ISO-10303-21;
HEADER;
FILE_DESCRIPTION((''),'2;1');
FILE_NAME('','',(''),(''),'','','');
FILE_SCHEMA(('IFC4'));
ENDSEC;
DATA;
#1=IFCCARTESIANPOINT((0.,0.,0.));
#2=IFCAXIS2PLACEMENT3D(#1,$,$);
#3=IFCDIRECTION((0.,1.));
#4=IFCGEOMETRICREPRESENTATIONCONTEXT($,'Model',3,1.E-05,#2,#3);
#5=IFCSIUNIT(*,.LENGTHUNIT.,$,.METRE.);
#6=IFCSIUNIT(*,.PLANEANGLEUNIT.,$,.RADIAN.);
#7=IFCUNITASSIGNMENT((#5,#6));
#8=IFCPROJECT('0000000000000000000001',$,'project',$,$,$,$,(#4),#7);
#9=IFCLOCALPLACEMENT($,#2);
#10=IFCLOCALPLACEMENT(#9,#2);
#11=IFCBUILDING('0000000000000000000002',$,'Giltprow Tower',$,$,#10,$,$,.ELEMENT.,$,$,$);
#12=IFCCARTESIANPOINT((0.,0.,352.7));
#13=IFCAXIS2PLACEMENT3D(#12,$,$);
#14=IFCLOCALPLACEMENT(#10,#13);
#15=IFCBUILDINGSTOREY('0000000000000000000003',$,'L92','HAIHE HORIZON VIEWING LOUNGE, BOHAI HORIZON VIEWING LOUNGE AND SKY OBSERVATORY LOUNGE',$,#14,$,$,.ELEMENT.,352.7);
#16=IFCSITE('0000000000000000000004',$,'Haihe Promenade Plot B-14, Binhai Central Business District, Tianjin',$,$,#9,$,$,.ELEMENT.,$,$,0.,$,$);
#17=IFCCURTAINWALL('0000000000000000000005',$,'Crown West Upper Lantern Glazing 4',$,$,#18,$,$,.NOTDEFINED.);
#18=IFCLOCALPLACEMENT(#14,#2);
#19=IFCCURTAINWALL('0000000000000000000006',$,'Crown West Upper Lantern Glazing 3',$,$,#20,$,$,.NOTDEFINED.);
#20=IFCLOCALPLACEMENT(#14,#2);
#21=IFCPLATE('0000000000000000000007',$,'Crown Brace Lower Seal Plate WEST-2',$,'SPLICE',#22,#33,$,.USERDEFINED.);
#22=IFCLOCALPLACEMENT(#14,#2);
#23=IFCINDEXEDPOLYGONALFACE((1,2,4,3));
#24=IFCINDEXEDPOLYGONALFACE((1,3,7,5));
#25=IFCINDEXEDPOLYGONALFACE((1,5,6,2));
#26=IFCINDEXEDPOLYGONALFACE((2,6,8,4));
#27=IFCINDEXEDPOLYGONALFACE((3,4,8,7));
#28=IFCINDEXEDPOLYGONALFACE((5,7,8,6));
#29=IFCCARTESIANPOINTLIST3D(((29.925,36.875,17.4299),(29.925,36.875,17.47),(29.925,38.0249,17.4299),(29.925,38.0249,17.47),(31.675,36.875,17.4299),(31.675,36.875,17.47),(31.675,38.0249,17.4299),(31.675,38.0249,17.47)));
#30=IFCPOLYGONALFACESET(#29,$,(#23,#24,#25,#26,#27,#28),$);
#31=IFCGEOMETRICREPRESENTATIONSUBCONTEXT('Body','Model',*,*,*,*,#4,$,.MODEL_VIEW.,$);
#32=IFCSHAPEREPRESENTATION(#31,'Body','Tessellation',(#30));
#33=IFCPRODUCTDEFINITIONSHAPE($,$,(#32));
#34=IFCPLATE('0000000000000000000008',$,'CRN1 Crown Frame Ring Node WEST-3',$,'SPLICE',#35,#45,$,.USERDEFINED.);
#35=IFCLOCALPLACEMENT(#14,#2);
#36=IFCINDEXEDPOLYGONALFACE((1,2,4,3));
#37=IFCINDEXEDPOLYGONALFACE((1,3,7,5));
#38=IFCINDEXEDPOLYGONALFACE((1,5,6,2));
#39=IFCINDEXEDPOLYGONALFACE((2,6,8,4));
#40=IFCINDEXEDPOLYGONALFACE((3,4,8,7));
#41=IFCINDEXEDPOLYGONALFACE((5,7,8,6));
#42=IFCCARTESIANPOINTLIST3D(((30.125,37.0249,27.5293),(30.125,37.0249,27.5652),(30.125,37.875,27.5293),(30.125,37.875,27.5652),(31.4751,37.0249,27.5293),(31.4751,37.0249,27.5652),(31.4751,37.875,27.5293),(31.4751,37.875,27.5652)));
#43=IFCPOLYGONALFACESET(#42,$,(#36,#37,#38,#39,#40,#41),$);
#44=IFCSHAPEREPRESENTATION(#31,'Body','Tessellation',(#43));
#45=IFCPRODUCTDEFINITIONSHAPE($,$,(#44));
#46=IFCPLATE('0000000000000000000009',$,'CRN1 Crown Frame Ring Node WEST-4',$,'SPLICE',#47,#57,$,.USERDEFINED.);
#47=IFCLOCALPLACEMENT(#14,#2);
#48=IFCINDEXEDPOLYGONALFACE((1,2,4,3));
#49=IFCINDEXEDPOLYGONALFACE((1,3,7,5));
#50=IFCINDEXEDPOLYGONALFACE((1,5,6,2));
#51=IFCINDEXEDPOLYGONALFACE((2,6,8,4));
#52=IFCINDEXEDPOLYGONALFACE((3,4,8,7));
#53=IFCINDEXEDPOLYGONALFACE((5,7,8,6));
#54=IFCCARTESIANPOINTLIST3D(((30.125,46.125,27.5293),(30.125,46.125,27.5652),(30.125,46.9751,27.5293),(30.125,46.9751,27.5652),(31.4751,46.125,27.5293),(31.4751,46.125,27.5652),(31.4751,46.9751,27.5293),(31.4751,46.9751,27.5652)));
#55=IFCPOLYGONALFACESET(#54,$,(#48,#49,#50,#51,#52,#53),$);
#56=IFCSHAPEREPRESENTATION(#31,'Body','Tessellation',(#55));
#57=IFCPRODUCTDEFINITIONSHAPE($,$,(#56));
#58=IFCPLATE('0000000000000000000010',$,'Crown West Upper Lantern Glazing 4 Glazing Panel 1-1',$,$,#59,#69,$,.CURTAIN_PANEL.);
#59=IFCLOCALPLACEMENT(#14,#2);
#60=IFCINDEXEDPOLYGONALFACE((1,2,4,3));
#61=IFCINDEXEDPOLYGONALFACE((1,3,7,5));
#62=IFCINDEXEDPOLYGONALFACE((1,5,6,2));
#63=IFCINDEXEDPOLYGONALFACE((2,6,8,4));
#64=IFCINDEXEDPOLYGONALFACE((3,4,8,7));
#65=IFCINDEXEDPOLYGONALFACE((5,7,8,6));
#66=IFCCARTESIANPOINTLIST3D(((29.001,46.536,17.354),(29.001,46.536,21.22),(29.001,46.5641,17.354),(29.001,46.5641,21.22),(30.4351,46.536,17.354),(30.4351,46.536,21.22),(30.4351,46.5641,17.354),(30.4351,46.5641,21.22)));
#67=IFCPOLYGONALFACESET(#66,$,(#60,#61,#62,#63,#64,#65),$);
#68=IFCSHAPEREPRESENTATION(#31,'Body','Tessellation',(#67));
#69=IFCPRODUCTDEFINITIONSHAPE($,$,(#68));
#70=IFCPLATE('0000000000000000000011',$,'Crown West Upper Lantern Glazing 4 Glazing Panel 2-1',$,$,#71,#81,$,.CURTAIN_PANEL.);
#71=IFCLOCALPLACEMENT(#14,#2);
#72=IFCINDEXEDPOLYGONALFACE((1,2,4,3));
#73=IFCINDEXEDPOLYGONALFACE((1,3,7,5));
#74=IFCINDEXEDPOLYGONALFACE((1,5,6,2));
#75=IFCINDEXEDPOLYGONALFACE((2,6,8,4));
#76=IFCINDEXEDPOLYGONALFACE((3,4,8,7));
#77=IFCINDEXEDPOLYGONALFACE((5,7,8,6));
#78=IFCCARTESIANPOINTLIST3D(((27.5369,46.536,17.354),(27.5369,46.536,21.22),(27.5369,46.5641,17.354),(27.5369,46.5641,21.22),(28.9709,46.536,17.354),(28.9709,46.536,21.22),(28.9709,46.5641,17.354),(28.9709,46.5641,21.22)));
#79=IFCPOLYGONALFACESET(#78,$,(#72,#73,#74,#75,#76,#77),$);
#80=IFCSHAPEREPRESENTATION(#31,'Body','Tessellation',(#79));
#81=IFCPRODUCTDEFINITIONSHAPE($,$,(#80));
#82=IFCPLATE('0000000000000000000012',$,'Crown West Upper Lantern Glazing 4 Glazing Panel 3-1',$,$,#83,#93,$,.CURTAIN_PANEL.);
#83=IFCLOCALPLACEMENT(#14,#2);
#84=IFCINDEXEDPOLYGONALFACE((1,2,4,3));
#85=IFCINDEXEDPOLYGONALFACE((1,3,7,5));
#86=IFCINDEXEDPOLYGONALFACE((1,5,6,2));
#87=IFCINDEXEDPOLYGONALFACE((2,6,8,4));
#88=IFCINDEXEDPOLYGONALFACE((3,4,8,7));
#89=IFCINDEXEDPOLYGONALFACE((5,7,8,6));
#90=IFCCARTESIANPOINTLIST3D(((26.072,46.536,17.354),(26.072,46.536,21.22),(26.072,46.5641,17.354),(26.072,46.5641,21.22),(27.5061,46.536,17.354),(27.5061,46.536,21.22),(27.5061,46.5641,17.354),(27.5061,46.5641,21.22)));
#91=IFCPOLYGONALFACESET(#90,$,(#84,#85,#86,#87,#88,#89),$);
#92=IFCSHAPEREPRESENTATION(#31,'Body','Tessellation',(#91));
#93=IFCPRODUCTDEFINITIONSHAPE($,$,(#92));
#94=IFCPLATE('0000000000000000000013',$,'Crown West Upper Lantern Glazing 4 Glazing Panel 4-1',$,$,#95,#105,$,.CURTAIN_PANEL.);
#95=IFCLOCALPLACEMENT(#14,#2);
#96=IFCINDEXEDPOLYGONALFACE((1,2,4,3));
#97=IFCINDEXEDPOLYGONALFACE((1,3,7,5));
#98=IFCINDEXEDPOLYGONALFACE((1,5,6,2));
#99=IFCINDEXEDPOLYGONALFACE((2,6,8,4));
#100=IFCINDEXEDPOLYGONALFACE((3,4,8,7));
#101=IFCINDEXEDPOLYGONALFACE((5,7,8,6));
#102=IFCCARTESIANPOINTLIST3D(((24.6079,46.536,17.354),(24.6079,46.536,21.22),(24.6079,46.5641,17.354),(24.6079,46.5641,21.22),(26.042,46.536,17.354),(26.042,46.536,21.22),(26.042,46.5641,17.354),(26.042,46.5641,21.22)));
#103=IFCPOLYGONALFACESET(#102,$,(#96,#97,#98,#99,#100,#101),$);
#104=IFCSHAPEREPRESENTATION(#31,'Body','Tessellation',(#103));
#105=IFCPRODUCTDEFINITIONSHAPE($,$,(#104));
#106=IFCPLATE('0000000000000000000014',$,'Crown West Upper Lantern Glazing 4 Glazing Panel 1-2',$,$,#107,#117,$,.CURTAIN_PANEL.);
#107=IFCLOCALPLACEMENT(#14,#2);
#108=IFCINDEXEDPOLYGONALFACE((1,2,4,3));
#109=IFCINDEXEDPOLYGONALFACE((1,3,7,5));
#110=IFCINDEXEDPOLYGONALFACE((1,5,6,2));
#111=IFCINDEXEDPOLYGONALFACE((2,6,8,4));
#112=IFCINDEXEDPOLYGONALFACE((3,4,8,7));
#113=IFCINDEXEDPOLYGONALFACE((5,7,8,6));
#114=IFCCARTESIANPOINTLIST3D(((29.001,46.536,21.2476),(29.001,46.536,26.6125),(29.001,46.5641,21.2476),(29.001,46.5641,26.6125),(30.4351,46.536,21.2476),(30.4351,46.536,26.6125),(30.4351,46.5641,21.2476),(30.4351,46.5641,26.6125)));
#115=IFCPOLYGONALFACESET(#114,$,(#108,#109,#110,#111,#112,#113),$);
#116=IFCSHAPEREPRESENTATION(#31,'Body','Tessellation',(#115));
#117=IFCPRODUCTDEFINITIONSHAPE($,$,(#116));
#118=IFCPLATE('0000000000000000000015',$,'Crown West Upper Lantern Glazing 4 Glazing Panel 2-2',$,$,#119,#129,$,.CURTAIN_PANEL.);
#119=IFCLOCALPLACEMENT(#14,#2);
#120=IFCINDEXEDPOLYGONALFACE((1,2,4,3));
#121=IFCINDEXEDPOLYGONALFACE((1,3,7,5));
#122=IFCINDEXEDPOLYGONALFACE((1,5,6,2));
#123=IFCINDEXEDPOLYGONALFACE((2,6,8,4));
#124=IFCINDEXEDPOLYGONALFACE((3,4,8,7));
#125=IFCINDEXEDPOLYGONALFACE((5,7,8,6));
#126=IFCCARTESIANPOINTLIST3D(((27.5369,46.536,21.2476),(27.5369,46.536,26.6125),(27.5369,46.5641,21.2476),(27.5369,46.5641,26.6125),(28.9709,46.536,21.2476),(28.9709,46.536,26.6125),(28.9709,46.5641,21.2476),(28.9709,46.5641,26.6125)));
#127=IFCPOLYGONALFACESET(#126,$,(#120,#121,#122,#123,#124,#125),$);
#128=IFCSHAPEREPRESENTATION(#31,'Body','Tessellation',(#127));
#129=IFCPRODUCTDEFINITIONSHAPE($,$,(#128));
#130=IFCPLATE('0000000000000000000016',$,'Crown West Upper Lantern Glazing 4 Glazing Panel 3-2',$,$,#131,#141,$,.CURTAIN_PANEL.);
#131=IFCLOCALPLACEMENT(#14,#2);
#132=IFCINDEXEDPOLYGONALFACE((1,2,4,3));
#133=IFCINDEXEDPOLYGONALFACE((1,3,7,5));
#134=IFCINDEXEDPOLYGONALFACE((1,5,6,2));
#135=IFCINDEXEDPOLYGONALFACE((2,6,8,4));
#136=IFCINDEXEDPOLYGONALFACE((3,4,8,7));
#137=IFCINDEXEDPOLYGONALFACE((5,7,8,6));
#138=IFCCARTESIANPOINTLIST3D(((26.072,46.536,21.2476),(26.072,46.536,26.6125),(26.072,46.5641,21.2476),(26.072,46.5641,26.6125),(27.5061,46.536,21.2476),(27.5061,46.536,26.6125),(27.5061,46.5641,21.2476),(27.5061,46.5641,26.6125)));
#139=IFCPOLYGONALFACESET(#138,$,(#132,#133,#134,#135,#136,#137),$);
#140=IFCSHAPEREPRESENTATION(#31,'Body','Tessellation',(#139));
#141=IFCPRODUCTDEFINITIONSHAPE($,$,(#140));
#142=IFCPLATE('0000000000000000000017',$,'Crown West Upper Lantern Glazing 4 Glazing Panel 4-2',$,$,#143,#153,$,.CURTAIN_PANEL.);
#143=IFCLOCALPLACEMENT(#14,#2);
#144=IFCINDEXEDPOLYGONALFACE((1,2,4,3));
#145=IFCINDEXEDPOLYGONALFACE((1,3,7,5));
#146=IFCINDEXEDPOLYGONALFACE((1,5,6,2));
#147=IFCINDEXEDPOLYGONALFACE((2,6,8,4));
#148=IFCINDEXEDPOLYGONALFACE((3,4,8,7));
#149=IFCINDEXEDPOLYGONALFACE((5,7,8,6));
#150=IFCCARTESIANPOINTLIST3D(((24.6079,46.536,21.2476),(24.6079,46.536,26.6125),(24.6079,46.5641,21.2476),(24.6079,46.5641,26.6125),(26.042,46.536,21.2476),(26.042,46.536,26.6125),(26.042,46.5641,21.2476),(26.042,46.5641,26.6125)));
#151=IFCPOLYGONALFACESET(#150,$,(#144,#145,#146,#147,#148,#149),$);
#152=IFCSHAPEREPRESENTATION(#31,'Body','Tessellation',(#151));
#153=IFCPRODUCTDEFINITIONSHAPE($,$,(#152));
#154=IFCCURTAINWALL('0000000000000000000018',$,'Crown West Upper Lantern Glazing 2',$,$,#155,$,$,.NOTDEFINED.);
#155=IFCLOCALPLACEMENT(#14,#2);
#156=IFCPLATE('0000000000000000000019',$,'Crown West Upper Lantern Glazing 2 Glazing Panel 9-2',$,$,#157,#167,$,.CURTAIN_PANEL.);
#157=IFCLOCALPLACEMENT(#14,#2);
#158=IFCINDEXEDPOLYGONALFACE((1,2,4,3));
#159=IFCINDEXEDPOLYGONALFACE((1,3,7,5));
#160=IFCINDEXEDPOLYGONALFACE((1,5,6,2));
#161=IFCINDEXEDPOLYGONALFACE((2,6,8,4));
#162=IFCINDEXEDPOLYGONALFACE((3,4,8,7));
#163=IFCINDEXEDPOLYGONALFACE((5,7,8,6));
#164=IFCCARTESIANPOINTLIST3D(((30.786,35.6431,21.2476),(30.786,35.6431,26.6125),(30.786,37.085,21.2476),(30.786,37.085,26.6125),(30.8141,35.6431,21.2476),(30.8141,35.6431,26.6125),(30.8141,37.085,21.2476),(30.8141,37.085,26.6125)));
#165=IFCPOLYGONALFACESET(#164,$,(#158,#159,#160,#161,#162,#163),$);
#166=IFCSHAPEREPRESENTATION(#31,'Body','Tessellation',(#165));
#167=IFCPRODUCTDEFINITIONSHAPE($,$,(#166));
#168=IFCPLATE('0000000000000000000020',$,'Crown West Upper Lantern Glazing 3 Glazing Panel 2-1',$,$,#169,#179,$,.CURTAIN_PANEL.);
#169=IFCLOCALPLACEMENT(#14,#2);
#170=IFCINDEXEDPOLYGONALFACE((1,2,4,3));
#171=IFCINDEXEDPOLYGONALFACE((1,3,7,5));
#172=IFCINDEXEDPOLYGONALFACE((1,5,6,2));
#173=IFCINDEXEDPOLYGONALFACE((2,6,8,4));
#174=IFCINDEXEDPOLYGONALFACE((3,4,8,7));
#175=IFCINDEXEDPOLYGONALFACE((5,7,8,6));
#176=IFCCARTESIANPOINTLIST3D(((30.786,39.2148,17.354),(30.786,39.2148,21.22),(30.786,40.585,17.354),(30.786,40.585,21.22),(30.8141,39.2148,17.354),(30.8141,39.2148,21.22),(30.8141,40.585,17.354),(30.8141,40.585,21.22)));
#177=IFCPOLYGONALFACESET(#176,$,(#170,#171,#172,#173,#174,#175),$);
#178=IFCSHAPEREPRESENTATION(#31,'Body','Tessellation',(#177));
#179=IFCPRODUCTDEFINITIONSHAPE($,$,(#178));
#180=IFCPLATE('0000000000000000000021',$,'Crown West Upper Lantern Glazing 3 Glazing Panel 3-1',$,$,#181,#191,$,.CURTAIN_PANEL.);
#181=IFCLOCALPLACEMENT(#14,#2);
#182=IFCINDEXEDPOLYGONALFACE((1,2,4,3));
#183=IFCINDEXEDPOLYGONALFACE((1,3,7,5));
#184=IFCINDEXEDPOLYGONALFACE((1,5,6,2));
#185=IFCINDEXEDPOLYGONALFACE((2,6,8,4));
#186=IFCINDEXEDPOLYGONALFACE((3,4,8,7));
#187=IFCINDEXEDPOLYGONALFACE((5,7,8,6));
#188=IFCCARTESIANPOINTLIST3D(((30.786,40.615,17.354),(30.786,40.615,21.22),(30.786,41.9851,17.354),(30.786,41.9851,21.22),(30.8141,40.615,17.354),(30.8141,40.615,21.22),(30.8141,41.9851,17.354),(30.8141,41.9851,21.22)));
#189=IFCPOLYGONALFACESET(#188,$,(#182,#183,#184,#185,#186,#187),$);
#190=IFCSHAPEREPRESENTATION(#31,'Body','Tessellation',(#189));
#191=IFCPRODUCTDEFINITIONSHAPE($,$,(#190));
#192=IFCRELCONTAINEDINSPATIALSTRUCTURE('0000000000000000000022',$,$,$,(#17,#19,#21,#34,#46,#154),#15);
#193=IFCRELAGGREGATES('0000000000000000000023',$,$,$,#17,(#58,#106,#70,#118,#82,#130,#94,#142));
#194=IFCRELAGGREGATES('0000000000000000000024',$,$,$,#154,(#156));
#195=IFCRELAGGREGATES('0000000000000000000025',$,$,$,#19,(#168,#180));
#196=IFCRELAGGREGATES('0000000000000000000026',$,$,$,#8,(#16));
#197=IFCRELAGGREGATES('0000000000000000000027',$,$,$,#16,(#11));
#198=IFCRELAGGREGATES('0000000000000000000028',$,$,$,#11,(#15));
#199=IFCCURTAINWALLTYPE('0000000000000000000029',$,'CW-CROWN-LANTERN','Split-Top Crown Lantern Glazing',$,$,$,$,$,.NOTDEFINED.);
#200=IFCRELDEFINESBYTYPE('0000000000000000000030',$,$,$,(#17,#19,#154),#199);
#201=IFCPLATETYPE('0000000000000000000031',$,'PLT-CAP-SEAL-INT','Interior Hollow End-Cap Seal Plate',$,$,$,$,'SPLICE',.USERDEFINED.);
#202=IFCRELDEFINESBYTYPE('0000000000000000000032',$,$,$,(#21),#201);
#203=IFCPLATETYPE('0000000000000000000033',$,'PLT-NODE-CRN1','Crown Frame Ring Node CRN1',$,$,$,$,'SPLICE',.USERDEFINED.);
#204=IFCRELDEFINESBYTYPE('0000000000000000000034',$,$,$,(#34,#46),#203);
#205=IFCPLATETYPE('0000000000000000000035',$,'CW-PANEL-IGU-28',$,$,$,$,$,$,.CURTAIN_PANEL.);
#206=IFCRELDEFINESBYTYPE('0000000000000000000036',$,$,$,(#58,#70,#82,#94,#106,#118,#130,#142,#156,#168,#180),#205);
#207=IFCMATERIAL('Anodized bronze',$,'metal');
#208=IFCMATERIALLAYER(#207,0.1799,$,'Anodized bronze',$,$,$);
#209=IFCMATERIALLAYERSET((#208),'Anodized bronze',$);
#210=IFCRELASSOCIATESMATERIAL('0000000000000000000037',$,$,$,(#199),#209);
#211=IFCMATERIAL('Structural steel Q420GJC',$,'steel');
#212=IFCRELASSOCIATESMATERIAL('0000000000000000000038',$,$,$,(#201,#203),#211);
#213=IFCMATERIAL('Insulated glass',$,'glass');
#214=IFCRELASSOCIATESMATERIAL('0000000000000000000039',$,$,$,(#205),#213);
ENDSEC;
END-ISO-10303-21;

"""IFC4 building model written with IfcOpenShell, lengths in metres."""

from ifc_helpers import new_model, si_unit, direction, frame, origin, origin_2d, place, context, subcontext, project, spatial, rectangle, extrude, source, transform, mapped, material, layer, layer_set, type_object, element, aggregate, save


model = new_model("IFC4")

# Units and contexts
model_context = context("Model", 3, precision=1e-05, world=origin(), true_north=direction((0.0, 1.0)))
body_context = subcontext(model_context, "Body", "Model", "MODEL_VIEW")
ifc_project = project(units=[si_unit("LENGTHUNIT", "METRE"), si_unit("PLANEANGLEUNIT", "RADIAN")], contexts=[model_context])

# Site, building, storey
site_placement = place(None, origin())
site = spatial("IfcSite", under=ifc_project, at=site_placement, Name="Haihe Promenade Plot B-14, Binhai Central Business District, Tianjin", CompositionType="ELEMENT", RefElevation=0.0)
building_placement = place(site_placement, origin())
building = spatial("IfcBuilding", under=site, at=building_placement, Name="Giltprow Tower", CompositionType="ELEMENT")
storey_placement = place(building_placement, frame((0.0, 0.0, 352.7)))
storey = spatial("IfcBuildingStorey", under=building, at=storey_placement, Name="L92", Description="HAIHE HORIZON VIEWING LOUNGE, BOHAI HORIZON VIEWING LOUNGE AND SKY OBSERVATORY LOUNGE", CompositionType="ELEMENT", Elevation=352.7)

# Curtain walls
ifc_material_1 = material(Name="Anodized bronze", Category="metal")
ifc_layer = layer(ifc_material_1, 0.1799, Name="Anodized bronze")
ifc_layer_set = layer_set([ifc_layer], Name="Anodized bronze")
curtain_wall_type = type_object("IfcCurtainWallType", Name="CW-CROWN-LANTERN", Description="Split-Top Crown Lantern Glazing", PredefinedType="NOTDEFINED", material=ifc_layer_set)
curtain_wall_1_placement = place(storey_placement, origin())
curtain_wall_1 = element("IfcCurtainWall", 1, at=curtain_wall_1_placement, inside=storey, type_object=curtain_wall_type, Name="Crown West Upper Lantern Glazing 4", PredefinedType="NOTDEFINED")
curtain_wall_2_placement = place(storey_placement, origin())
curtain_wall_2 = element("IfcCurtainWall", 2, at=curtain_wall_2_placement, inside=storey, type_object=curtain_wall_type, Name="Crown West Upper Lantern Glazing 3", PredefinedType="NOTDEFINED")

# Plates
ifc_material_2 = material(Name="Structural steel Q420GJC", Category="steel")
plate_type_1 = type_object("IfcPlateType", Name="PLT-CAP-SEAL-INT", Description="Interior Hollow End-Cap Seal Plate", ElementType="SPLICE", PredefinedType="USERDEFINED", material=ifc_material_2)
shared_shape_1 = source(origin(), body_context, "Body", "SweptSolid", [
    extrude(rectangle(XDim=1.75, YDim=1.1499, at=origin_2d()), origin(), (0.0, 0.0, 1.0), 0.04),
])
plate_1_placement = place(storey_placement, frame((30.8, 37.45, 17.4299), z_axis=(0.0, 0.0, 1.0), x_axis=(1.0, 0.0, 0.0)))
element("IfcPlate", 3, at=plate_1_placement, inside=storey, type_object=plate_type_1, Name="Crown Brace Lower Seal Plate WEST-2", ObjectType="SPLICE", PredefinedType="USERDEFINED", context=body_context, shape_type="MappedRepresentation", body=[
    mapped(shared_shape_1, transform((0.0, 0.0, 0.0), x_axis=(1.0, 0.0, 0.0), y_axis=(0.0, 1.0, 0.0), z_axis=(0.0, 0.0, 1.0), scale=1.0)),
])
plate_type_2 = type_object("IfcPlateType", Name="PLT-NODE-CRN1", Description="Crown Frame Ring Node CRN1", ElementType="SPLICE", PredefinedType="USERDEFINED", material=ifc_material_2)
shared_shape_2 = source(origin(), body_context, "Body", "SweptSolid", [
    extrude(rectangle(XDim=1.3501, YDim=0.8501, at=origin_2d()), origin(), (0.0, 0.0, 1.0), 0.0359),
])
for number, where, z_axis, x_axis, name in (
    (4, (30.8, 37.45, 27.5293), (0.0, 0.0, 1.0), (1.0, 0.0, 0.0), "CRN1 Crown Frame Ring Node WEST-3"),
    (5, (30.8, 46.55, 27.5293), (0.0, 0.0, 1.0), (1.0, 0.0, 0.0), "CRN1 Crown Frame Ring Node WEST-4"),
):
    element("IfcPlate", number, at=place(storey_placement, frame(where, z_axis=z_axis, x_axis=x_axis)), inside=storey, type_object=plate_type_2, Name=name, ObjectType="SPLICE", PredefinedType="USERDEFINED", context=body_context, shape_type="MappedRepresentation", body=[
        mapped(shared_shape_2, transform((0.0, 0.0, 0.0), x_axis=(1.0, 0.0, 0.0), y_axis=(0.0, 1.0, 0.0), z_axis=(0.0, 0.0, 1.0), scale=1.0)),
    ])

# Plates
ifc_material_3 = material(Name="Insulated glass", Category="glass")
plate_type_3 = type_object("IfcPlateType", Name="CW-PANEL-IGU-28", PredefinedType="CURTAIN_PANEL", material=ifc_material_3)
shared_shape_3 = source(origin(), body_context, "Body", "SweptSolid", [
    extrude(rectangle(XDim=1.4341, YDim=0.0281, at=origin_2d()), origin(), (0.0, 0.0, 1.0), 3.866),
])
plate_2_placement = place(storey_placement, frame((29.718, 46.55, 17.354), z_axis=(0.0, 0.0, 1.0), x_axis=(-1.0, 0.0, 0.0)))
plate_2 = element("IfcPlate", 6, at=plate_2_placement, type_object=plate_type_3, Name="Crown West Upper Lantern Glazing 4 Glazing Panel 1-1", PredefinedType="CURTAIN_PANEL", context=body_context, shape_type="MappedRepresentation", body=[
    mapped(shared_shape_3, transform((0.0, 0.0, 0.0), x_axis=(1.0, 0.0, 0.0), y_axis=(0.0, 1.0, 0.0), z_axis=(0.0, 0.0, 1.0), scale=1.0)),
])
plate_3_placement = place(storey_placement, frame((28.2539, 46.55, 17.354), z_axis=(0.0, 0.0, 1.0), x_axis=(-1.0, 0.0, 0.0)))
plate_3 = element("IfcPlate", 7, at=plate_3_placement, type_object=plate_type_3, Name="Crown West Upper Lantern Glazing 4 Glazing Panel 2-1", PredefinedType="CURTAIN_PANEL", context=body_context, shape_type="MappedRepresentation", body=[
    mapped(shared_shape_3, transform((0.0, 0.0, 0.0), x_axis=(1.0, 0.0, 0.0), y_axis=(0.0, 1.0, 0.0), z_axis=(0.0, 0.0, 1.0), scale=1.0)),
])
plate_4_placement = place(storey_placement, frame((26.7891, 46.55, 17.354), z_axis=(0.0, 0.0, 1.0), x_axis=(-1.0, 0.0, 0.0)))
plate_4 = element("IfcPlate", 8, at=plate_4_placement, type_object=plate_type_3, Name="Crown West Upper Lantern Glazing 4 Glazing Panel 3-1", PredefinedType="CURTAIN_PANEL", context=body_context, shape_type="MappedRepresentation", body=[
    mapped(shared_shape_3, transform((0.0, 0.0, 0.0), x_axis=(1.0, 0.0, 0.0), y_axis=(0.0, 1.0, 0.0), z_axis=(0.0, 0.0, 1.0), scale=1.0)),
])
plate_5_placement = place(storey_placement, frame((25.325, 46.55, 17.354), z_axis=(0.0, 0.0, 1.0), x_axis=(-1.0, 0.0, 0.0)))
plate_5 = element("IfcPlate", 9, at=plate_5_placement, type_object=plate_type_3, Name="Crown West Upper Lantern Glazing 4 Glazing Panel 4-1", PredefinedType="CURTAIN_PANEL", context=body_context, shape_type="MappedRepresentation", body=[
    mapped(shared_shape_3, transform((0.0, 0.0, 0.0), x_axis=(1.0, 0.0, 0.0), y_axis=(0.0, 1.0, 0.0), z_axis=(0.0, 0.0, 1.0), scale=1.0)),
])
shared_shape_4 = source(origin(), body_context, "Body", "SweptSolid", [
    extrude(rectangle(XDim=1.4341, YDim=0.0281, at=origin_2d()), origin(), (0.0, 0.0, 1.0), 5.365),
])
plate_6_placement = place(storey_placement, frame((29.718, 46.55, 21.2476), z_axis=(0.0, 0.0, 1.0), x_axis=(-1.0, 0.0, 0.0)))
plate_6 = element("IfcPlate", 10, at=plate_6_placement, type_object=plate_type_3, Name="Crown West Upper Lantern Glazing 4 Glazing Panel 1-2", PredefinedType="CURTAIN_PANEL", context=body_context, shape_type="MappedRepresentation", body=[
    mapped(shared_shape_4, transform((0.0, 0.0, 0.0), x_axis=(1.0, 0.0, 0.0), y_axis=(0.0, 1.0, 0.0), z_axis=(0.0, 0.0, 1.0), scale=1.0)),
])
plate_7_placement = place(storey_placement, frame((28.2539, 46.55, 21.2476), z_axis=(0.0, 0.0, 1.0), x_axis=(-1.0, 0.0, 0.0)))
plate_7 = element("IfcPlate", 11, at=plate_7_placement, type_object=plate_type_3, Name="Crown West Upper Lantern Glazing 4 Glazing Panel 2-2", PredefinedType="CURTAIN_PANEL", context=body_context, shape_type="MappedRepresentation", body=[
    mapped(shared_shape_4, transform((0.0, 0.0, 0.0), x_axis=(1.0, 0.0, 0.0), y_axis=(0.0, 1.0, 0.0), z_axis=(0.0, 0.0, 1.0), scale=1.0)),
])
plate_8_placement = place(storey_placement, frame((26.7891, 46.55, 21.2476), z_axis=(0.0, 0.0, 1.0), x_axis=(-1.0, 0.0, 0.0)))
plate_8 = element("IfcPlate", 12, at=plate_8_placement, type_object=plate_type_3, Name="Crown West Upper Lantern Glazing 4 Glazing Panel 3-2", PredefinedType="CURTAIN_PANEL", context=body_context, shape_type="MappedRepresentation", body=[
    mapped(shared_shape_4, transform((0.0, 0.0, 0.0), x_axis=(1.0, 0.0, 0.0), y_axis=(0.0, 1.0, 0.0), z_axis=(0.0, 0.0, 1.0), scale=1.0)),
])
plate_9_placement = place(storey_placement, frame((25.325, 46.55, 21.2476), z_axis=(0.0, 0.0, 1.0), x_axis=(-1.0, 0.0, 0.0)))
plate_9 = element("IfcPlate", 13, at=plate_9_placement, type_object=plate_type_3, Name="Crown West Upper Lantern Glazing 4 Glazing Panel 4-2", PredefinedType="CURTAIN_PANEL", context=body_context, shape_type="MappedRepresentation", body=[
    mapped(shared_shape_4, transform((0.0, 0.0, 0.0), x_axis=(1.0, 0.0, 0.0), y_axis=(0.0, 1.0, 0.0), z_axis=(0.0, 0.0, 1.0), scale=1.0)),
])
aggregate(curtain_wall_1, [plate_2, plate_6, plate_3, plate_7, plate_4, plate_8, plate_5, plate_9])

# Curtain wall, plate
curtain_wall_3_placement = place(storey_placement, origin())
curtain_wall_3 = element("IfcCurtainWall", 14, at=curtain_wall_3_placement, inside=storey, type_object=curtain_wall_type, Name="Crown West Upper Lantern Glazing 2", PredefinedType="NOTDEFINED")
shared_shape_5 = source(origin(), body_context, "Body", "SweptSolid", [
    extrude(rectangle(XDim=1.4419, YDim=0.0281, at=origin_2d()), origin(), (0.0, 0.0, 1.0), 5.365),
])
plate_10_placement = place(storey_placement, frame((30.8, 36.364, 21.2476), z_axis=(0.0, 0.0, 1.0), x_axis=(0.0, 1.0, 0.0)))
plate_10 = element("IfcPlate", 15, at=plate_10_placement, type_object=plate_type_3, Name="Crown West Upper Lantern Glazing 2 Glazing Panel 9-2", PredefinedType="CURTAIN_PANEL", context=body_context, shape_type="MappedRepresentation", body=[
    mapped(shared_shape_5, transform((0.0, 0.0, 0.0), x_axis=(1.0, 0.0, 0.0), y_axis=(0.0, 1.0, 0.0), z_axis=(0.0, 0.0, 1.0), scale=1.0)),
])
aggregate(curtain_wall_3, [plate_10])

# Plates
shared_shape_6 = source(origin(), body_context, "Body", "SweptSolid", [
    extrude(rectangle(XDim=1.3701, YDim=0.0281, at=origin_2d()), origin(), (0.0, 0.0, 1.0), 3.866),
])
plate_11_placement = place(storey_placement, frame((30.8, 39.8999, 17.354), z_axis=(0.0, 0.0, 1.0), x_axis=(0.0, 1.0, 0.0)))
plate_11 = element("IfcPlate", 16, at=plate_11_placement, type_object=plate_type_3, Name="Crown West Upper Lantern Glazing 3 Glazing Panel 2-1", PredefinedType="CURTAIN_PANEL", context=body_context, shape_type="MappedRepresentation", body=[
    mapped(shared_shape_6, transform((0.0, 0.0, 0.0), x_axis=(1.0, 0.0, 0.0), y_axis=(0.0, 1.0, 0.0), z_axis=(0.0, 0.0, 1.0), scale=1.0)),
])
plate_12_placement = place(storey_placement, frame((30.8, 41.3, 17.354), z_axis=(0.0, 0.0, 1.0), x_axis=(0.0, 1.0, 0.0)))
plate_12 = element("IfcPlate", 17, at=plate_12_placement, type_object=plate_type_3, Name="Crown West Upper Lantern Glazing 3 Glazing Panel 3-1", PredefinedType="CURTAIN_PANEL", context=body_context, shape_type="MappedRepresentation", body=[
    mapped(shared_shape_6, transform((0.0, 0.0, 0.0), x_axis=(1.0, 0.0, 0.0), y_axis=(0.0, 1.0, 0.0), z_axis=(0.0, 0.0, 1.0), scale=1.0)),
])
aggregate(curtain_wall_2, [plate_11, plate_12])

save(model, "model.ifc")
